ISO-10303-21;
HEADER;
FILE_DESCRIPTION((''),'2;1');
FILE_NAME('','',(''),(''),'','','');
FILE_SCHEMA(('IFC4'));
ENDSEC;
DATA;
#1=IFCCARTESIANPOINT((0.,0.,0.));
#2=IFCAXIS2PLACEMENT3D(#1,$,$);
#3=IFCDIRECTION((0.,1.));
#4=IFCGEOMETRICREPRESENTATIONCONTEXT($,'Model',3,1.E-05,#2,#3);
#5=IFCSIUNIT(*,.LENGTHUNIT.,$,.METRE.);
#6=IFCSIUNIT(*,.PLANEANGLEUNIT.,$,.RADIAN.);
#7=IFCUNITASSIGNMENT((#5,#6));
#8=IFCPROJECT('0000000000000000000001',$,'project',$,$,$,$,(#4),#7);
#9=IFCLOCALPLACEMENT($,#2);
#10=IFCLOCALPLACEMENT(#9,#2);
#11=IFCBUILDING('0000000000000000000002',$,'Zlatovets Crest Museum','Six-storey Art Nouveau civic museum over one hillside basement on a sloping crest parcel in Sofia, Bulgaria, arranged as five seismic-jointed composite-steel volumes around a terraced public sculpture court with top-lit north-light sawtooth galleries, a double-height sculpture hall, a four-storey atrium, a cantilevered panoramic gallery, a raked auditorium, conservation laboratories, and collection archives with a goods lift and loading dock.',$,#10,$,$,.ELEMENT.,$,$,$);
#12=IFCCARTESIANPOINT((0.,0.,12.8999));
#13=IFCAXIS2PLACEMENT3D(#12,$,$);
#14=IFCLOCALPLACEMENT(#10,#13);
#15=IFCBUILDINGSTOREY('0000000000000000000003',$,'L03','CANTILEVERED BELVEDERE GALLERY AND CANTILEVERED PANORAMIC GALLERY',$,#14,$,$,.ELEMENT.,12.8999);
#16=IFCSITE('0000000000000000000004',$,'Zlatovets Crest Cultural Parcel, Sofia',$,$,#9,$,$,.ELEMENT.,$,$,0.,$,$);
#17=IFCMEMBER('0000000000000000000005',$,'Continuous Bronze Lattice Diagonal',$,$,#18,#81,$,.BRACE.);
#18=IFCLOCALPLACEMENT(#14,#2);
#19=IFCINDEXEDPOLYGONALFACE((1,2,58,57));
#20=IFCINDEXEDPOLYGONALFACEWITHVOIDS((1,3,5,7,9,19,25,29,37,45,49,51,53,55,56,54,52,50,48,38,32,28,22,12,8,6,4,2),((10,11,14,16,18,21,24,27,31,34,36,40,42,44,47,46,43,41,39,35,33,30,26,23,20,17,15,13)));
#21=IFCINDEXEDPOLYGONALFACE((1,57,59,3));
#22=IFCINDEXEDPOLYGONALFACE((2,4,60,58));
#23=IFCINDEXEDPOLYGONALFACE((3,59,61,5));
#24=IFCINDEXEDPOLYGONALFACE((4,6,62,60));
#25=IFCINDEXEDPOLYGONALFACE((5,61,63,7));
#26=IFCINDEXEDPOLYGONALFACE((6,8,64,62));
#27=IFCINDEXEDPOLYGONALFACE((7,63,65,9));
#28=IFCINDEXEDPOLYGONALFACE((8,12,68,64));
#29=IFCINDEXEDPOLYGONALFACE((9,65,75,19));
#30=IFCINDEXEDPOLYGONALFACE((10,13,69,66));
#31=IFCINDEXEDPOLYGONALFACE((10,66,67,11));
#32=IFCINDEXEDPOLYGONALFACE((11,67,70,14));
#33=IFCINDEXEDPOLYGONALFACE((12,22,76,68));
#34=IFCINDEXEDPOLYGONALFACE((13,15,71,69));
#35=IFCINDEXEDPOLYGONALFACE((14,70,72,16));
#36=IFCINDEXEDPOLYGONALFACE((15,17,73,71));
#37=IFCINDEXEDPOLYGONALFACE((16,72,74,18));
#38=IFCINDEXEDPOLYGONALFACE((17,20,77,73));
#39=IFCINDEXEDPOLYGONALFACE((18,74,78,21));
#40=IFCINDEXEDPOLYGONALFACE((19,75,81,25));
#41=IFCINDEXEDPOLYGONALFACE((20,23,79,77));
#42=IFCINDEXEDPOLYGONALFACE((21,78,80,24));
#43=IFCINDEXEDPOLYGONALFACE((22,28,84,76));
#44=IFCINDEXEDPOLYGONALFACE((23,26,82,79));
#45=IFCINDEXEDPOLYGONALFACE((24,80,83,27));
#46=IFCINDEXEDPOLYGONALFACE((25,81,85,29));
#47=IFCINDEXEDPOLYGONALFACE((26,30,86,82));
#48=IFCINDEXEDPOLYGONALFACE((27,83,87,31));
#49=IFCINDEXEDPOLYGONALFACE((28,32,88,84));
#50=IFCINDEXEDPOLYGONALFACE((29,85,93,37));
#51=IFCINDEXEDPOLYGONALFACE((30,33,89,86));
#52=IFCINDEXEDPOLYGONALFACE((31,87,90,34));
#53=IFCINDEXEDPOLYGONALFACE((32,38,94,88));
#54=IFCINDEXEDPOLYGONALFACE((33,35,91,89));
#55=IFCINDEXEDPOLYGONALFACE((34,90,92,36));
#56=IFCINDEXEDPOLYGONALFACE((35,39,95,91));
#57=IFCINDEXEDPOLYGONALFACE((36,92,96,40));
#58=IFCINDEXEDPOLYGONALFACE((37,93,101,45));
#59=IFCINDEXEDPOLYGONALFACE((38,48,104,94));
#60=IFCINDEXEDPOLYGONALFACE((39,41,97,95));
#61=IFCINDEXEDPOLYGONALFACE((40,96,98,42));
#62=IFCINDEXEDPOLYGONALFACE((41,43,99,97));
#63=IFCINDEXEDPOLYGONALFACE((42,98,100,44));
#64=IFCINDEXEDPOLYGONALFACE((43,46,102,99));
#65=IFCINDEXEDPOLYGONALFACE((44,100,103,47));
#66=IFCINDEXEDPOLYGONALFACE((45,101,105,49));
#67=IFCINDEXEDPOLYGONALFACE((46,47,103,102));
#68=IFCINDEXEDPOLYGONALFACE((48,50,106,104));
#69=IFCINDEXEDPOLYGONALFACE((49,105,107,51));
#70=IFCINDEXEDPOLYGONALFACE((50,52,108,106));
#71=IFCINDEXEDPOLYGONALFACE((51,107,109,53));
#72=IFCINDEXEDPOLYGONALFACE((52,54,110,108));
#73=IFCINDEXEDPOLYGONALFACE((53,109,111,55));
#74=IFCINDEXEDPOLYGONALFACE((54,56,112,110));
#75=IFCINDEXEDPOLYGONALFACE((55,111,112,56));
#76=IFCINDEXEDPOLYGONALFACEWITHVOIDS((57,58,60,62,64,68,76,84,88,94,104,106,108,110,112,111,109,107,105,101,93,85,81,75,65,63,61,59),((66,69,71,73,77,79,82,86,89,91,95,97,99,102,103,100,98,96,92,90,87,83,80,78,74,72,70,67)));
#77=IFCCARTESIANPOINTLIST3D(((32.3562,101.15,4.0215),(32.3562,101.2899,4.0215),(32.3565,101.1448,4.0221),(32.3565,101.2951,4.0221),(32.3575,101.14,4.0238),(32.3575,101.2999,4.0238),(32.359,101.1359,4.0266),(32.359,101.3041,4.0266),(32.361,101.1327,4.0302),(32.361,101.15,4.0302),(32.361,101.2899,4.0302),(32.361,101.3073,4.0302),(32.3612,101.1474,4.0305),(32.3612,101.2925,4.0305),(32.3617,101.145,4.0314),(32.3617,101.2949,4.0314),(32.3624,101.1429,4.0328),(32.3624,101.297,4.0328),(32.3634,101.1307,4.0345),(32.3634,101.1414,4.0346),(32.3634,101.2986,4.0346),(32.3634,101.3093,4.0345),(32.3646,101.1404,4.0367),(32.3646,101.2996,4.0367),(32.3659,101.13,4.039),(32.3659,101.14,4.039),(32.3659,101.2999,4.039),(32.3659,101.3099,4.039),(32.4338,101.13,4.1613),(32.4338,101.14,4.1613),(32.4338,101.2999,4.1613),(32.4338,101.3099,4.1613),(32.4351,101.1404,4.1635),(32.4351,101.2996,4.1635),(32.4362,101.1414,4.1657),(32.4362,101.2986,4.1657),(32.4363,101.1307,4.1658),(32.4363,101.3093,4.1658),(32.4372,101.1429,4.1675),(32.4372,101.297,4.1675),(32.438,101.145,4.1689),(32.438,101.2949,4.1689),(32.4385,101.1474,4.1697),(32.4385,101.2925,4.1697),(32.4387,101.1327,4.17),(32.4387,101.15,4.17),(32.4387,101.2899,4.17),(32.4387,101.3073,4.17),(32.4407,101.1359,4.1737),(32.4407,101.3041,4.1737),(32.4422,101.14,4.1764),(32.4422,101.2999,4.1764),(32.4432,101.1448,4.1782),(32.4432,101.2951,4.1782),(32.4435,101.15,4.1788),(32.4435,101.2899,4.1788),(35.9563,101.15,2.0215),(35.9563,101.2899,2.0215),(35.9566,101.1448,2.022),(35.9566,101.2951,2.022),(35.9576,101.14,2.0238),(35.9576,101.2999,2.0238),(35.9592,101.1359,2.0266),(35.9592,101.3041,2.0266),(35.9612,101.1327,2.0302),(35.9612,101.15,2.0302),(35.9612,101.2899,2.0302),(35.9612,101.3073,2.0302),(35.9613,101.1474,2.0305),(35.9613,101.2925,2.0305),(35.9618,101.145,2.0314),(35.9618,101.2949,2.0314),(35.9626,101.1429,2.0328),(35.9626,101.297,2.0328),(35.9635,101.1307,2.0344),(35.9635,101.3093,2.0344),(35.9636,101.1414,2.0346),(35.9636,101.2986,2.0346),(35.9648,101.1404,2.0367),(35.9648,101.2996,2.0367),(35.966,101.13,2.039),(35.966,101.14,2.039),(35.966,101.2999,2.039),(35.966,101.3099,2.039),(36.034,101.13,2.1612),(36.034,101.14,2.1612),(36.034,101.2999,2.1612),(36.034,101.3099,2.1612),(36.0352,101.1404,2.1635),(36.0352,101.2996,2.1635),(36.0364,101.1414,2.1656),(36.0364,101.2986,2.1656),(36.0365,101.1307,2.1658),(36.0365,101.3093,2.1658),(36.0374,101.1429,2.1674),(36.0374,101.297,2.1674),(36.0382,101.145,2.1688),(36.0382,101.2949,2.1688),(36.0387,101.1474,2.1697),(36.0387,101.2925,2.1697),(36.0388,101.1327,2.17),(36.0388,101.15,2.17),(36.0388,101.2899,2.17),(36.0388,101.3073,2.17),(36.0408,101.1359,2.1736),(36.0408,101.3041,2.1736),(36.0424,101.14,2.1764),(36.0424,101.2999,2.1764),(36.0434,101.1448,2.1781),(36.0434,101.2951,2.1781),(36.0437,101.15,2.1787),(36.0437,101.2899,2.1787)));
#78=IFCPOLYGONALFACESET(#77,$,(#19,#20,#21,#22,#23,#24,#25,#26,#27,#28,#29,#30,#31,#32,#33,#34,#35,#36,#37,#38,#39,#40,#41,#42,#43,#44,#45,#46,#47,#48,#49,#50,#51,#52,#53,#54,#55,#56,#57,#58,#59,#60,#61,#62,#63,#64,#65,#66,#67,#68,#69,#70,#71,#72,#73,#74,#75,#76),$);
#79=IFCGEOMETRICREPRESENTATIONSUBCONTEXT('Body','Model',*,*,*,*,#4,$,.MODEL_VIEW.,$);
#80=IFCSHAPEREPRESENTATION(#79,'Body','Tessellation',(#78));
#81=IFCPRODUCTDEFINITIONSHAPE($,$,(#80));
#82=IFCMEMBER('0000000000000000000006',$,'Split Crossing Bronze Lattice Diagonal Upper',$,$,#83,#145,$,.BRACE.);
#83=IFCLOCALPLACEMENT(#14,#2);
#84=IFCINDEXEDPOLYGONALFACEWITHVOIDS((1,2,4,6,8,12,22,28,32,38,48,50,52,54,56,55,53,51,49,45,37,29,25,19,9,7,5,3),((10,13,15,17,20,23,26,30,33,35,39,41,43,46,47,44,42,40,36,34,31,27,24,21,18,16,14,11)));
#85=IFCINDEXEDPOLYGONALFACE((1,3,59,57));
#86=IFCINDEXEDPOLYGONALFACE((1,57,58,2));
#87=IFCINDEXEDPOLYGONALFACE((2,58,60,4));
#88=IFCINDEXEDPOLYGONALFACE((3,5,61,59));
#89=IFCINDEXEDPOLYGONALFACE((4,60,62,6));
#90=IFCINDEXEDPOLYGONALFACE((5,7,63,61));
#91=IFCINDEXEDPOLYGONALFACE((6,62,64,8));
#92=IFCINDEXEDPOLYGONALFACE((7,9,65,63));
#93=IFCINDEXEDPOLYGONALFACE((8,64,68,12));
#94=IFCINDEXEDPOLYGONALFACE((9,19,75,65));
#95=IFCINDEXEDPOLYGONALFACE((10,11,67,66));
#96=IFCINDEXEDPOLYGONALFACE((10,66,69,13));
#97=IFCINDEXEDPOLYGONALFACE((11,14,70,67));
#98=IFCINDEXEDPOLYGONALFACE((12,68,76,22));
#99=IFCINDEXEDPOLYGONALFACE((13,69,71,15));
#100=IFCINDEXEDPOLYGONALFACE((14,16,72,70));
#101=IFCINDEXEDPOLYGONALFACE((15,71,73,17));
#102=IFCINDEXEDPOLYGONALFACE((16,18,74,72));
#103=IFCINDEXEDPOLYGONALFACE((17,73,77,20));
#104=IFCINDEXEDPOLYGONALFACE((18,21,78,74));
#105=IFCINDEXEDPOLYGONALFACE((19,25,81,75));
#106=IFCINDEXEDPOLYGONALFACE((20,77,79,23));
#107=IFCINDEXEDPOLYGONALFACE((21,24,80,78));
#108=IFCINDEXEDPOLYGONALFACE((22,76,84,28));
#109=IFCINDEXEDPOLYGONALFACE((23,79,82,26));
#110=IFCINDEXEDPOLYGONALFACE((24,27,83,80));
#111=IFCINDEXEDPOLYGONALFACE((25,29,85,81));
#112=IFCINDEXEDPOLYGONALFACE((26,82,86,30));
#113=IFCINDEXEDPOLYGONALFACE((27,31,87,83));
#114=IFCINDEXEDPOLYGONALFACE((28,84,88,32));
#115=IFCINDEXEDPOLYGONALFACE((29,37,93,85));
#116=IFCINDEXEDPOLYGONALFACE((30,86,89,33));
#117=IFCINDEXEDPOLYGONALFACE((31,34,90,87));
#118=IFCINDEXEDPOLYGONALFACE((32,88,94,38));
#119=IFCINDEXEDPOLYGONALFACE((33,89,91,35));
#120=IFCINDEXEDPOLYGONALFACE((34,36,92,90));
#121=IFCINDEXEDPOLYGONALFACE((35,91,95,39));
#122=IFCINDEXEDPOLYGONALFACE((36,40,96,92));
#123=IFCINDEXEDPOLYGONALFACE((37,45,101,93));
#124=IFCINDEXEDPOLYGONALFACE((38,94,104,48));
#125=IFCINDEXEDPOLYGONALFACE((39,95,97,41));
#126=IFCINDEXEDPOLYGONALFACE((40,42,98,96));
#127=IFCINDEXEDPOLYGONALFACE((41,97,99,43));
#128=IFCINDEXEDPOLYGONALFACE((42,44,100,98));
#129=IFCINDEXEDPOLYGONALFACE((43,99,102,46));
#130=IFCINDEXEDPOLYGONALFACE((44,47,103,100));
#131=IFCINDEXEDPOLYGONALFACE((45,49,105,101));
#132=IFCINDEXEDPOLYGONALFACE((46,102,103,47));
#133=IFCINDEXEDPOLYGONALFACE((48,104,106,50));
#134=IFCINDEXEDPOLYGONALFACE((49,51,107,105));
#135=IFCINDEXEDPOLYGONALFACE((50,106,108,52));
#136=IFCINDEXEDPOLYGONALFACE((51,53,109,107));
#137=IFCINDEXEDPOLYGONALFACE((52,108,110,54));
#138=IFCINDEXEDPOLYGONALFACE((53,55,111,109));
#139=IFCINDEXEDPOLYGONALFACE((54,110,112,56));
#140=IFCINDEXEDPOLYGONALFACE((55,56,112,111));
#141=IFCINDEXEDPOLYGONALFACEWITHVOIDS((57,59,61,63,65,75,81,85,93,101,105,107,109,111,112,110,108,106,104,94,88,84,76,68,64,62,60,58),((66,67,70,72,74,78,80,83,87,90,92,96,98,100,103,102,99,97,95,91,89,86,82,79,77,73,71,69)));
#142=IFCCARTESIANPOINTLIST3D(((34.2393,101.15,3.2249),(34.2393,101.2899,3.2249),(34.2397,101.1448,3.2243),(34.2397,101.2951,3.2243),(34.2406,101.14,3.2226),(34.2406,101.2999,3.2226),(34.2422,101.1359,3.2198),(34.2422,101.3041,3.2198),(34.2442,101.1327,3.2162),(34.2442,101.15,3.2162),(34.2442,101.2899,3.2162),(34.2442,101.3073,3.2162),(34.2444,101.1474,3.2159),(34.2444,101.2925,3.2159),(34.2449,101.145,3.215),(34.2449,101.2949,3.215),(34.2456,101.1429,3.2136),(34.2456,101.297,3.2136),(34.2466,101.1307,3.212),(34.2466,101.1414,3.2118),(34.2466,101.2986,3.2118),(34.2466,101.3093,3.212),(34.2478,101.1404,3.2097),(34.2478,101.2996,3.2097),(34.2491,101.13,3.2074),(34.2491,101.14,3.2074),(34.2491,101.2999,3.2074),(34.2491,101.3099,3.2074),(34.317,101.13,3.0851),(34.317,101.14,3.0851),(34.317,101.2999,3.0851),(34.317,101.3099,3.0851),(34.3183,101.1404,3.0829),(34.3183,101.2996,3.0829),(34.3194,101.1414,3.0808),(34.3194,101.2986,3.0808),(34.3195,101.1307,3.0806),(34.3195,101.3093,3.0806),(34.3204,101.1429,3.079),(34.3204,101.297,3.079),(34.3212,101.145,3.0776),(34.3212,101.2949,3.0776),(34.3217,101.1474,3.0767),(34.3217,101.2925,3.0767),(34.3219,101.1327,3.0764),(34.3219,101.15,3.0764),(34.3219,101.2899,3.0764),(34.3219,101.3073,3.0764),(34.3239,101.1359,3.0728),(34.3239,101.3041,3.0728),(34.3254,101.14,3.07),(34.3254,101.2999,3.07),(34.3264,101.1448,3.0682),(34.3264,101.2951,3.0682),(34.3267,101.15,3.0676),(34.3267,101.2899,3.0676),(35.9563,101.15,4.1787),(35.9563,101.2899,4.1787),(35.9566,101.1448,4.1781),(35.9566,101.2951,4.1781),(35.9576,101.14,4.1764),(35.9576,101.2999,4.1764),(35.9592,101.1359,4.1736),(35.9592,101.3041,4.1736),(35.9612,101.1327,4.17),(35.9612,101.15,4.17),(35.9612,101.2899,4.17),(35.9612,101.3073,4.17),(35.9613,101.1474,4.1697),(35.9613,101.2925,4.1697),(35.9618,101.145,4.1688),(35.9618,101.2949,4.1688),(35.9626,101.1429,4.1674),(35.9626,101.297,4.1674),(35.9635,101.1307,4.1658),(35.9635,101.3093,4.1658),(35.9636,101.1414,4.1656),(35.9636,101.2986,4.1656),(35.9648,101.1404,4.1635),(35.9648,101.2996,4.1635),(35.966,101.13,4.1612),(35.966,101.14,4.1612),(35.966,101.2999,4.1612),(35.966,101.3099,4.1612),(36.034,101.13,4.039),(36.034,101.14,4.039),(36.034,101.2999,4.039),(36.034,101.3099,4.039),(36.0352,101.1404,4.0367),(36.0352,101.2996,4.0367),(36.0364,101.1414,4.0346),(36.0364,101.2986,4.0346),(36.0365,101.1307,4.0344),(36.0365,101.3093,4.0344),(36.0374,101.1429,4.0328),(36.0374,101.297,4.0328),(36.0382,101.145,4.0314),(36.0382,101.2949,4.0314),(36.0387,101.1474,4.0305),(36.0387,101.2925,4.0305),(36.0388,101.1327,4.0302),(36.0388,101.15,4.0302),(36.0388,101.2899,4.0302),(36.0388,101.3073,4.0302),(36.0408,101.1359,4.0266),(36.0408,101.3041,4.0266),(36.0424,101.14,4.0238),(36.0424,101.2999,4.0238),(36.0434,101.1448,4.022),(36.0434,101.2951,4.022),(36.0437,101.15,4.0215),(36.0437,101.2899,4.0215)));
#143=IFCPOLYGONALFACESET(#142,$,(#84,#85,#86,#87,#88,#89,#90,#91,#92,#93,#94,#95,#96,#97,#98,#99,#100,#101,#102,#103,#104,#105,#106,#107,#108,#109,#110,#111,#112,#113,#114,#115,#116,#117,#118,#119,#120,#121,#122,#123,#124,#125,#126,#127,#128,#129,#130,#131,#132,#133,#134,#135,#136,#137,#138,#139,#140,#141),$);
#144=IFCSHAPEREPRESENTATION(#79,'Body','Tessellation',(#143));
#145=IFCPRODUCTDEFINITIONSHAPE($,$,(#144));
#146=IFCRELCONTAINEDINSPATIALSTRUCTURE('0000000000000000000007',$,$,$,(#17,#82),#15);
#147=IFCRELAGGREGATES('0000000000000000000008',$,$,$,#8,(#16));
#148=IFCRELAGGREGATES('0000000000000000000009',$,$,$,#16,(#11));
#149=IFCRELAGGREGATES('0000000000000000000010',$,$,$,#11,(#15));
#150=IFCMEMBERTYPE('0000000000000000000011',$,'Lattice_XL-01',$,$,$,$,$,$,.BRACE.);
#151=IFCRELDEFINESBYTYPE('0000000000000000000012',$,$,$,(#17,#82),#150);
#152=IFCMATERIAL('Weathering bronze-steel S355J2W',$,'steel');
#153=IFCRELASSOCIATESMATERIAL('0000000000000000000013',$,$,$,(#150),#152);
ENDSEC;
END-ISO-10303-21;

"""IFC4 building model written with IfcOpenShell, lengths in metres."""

from ifc_helpers import new_model, si_unit, direction, frame, origin, origin_2d, place, context, subcontext, project, spatial, hollow_rectangle, extrude, material, material_profile, profile_set, type_object, element, save


model = new_model("IFC4")

# Units and contexts
model_context = context("Model", 3, precision=1e-05, world=origin(), true_north=direction((0.0, 1.0)))
body_context = subcontext(model_context, "Body", "Model", "MODEL_VIEW")
ifc_project = project(units=[si_unit("LENGTHUNIT", "METRE"), si_unit("PLANEANGLEUNIT", "RADIAN")], contexts=[model_context])

# Site, building, storey
site_placement = place(None, origin())
site = spatial("IfcSite", under=ifc_project, at=site_placement, Name="Zlatovets Crest Cultural Parcel, Sofia", CompositionType="ELEMENT", RefElevation=0.0)
building_placement = place(site_placement, origin())
building = spatial("IfcBuilding", under=site, at=building_placement, Name="Zlatovets Crest Museum", Description="Six-storey Art Nouveau civic museum over one hillside basement on a sloping crest parcel in Sofia, Bulgaria, arranged as five seismic-jointed composite-steel volumes around a terraced public sculpture court with top-lit north-light sawtooth galleries, a double-height sculpture hall, a four-storey atrium, a cantilevered panoramic gallery, a raked auditorium, conservation laboratories, and collection archives with a goods lift and loading dock.", CompositionType="ELEMENT")
storey_placement = place(building_placement, frame((0.0, 0.0, 12.8999)))
storey = spatial("IfcBuildingStorey", under=building, at=storey_placement, Name="L03", Description="CANTILEVERED BELVEDERE GALLERY AND CANTILEVERED PANORAMIC GALLERY", CompositionType="ELEMENT", Elevation=12.8999)

# Members
ifc_material_1 = material(Name="Weathering bronze-steel S355J2W", Category="steel")
ifc_material_profile_1 = material_profile(ifc_material_1, hollow_rectangle(XDim=0.1799, YDim=0.1799, WallThickness=0.01, InnerFilletRadius=0.01, OuterFilletRadius=0.02, at=origin_2d()), Name="SHS 180x180x10.0")
ifc_profile_set_1 = profile_set([ifc_material_profile_1], Name="Weathering bronze-steel S355J2W")
member_type_1 = type_object("IfcMemberType", Name="Lattice_XL-01", PredefinedType="BRACE", material=ifc_profile_set_1)
member_1_placement = place(storey_placement, frame((36.0, 101.22, 2.1001), z_axis=(-0.874163, 0.0, 0.485633), x_axis=(0.0, -1.0, 0.0)))
element("IfcMember", 1, at=member_1_placement, inside=storey, type_object=member_type_1, Name="Continuous Bronze Lattice Diagonal", PredefinedType="BRACE", context=body_context, shape_type="SweptSolid", body=[
    extrude(hollow_rectangle(XDim=0.1799, YDim=0.1799, WallThickness=0.01, InnerFilletRadius=0.01, OuterFilletRadius=0.02, at=origin_2d()), origin(), (0.0, 0.0, 1.0), 4.1184),
])
member_2_placement = place(storey_placement, frame((36.0, 101.22, 4.1001), z_axis=(-0.874169, 0.0, -0.485622), x_axis=(0.0, -1.0, 0.0)))
element("IfcMember", 2, at=member_2_placement, inside=storey, type_object=member_type_1, Name="Split Crossing Bronze Lattice Diagonal Upper", PredefinedType="BRACE", context=body_context, shape_type="SweptSolid", body=[
    extrude(hollow_rectangle(XDim=0.1799, YDim=0.1799, WallThickness=0.01, InnerFilletRadius=0.01, OuterFilletRadius=0.02, at=origin_2d()), origin(), (0.0, 0.0, 1.0), 1.9641),
])

save(model, "model.ifc")
